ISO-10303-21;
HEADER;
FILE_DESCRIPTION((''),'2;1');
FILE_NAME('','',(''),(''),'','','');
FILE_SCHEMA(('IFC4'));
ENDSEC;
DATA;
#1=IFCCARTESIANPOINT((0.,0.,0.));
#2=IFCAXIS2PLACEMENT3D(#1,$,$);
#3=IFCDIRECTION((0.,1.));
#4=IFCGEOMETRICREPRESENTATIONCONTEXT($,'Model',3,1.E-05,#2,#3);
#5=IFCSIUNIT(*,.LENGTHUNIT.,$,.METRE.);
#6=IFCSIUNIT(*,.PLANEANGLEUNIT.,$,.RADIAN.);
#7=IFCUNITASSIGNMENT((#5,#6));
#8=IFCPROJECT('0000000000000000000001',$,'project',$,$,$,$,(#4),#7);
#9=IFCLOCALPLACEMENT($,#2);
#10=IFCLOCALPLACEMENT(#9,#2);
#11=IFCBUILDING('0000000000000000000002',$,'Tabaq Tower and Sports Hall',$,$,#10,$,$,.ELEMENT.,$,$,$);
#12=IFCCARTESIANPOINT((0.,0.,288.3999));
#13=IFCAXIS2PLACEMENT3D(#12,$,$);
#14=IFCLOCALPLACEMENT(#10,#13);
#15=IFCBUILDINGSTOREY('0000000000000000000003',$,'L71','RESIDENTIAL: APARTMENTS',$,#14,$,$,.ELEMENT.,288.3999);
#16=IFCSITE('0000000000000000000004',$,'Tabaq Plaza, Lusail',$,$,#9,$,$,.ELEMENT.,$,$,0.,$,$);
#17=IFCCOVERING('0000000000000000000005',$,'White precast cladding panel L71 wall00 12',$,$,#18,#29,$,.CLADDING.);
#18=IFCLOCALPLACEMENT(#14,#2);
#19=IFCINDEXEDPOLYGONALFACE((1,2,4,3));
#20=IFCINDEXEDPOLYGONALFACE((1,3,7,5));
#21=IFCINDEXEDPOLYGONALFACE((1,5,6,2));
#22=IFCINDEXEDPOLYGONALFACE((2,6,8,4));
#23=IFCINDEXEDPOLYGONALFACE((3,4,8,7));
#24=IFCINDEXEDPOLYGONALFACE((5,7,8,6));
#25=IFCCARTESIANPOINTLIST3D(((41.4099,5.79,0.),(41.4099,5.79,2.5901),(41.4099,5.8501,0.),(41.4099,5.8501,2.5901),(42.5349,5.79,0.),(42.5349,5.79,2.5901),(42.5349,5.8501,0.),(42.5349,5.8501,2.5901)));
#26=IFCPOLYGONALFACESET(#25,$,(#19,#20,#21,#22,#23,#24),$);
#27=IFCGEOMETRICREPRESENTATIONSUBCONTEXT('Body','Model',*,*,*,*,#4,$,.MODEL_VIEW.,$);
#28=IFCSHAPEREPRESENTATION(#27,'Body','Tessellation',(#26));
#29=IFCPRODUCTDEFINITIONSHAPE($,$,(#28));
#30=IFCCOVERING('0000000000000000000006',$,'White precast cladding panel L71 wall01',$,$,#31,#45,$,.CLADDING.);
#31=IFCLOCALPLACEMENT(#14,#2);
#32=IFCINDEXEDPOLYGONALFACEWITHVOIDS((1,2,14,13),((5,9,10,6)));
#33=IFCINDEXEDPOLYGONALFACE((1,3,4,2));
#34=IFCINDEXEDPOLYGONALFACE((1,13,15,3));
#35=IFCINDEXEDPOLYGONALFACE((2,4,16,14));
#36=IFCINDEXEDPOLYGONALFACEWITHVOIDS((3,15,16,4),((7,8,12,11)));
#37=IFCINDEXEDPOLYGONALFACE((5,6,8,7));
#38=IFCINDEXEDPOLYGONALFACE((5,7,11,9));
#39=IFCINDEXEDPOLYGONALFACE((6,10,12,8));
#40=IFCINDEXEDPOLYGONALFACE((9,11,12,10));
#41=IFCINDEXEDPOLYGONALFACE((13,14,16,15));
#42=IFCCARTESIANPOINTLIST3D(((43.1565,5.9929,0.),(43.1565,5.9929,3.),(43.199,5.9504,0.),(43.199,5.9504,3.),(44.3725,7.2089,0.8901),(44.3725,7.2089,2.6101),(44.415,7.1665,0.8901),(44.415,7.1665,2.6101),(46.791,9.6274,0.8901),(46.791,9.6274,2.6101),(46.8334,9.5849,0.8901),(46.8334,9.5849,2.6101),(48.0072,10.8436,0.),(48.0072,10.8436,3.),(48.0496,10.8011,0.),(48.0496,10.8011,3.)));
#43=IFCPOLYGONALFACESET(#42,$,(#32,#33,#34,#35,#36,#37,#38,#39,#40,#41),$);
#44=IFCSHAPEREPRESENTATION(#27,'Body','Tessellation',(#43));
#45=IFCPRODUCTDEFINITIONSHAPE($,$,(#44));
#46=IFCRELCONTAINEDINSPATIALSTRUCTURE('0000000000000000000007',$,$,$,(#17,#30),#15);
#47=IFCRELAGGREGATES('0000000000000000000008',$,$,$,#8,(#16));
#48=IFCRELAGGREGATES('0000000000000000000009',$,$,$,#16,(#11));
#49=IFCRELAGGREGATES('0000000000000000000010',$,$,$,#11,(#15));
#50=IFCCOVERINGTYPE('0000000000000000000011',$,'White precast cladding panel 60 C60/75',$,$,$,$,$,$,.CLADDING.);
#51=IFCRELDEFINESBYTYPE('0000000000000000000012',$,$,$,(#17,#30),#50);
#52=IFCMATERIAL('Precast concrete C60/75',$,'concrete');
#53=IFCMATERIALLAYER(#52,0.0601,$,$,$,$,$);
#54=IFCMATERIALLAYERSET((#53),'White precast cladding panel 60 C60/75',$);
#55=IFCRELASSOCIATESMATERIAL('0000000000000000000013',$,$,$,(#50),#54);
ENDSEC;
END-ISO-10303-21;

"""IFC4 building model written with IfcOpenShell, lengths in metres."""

from ifc_helpers import new_model, si_unit, direction, frame, frame_2d, origin, place, context, subcontext, project, spatial, polyline, rectangle, outline, extrude, material, layer, layer_set, type_object, element, save


model = new_model("IFC4")

# Units and contexts
model_context = context("Model", 3, precision=1e-05, world=origin(), true_north=direction((0.0, 1.0)))
body_context = subcontext(model_context, "Body", "Model", "MODEL_VIEW")
ifc_project = project(units=[si_unit("LENGTHUNIT", "METRE"), si_unit("PLANEANGLEUNIT", "RADIAN")], contexts=[model_context])

# Site, building, storey
site_placement = place(None, origin())
site = spatial("IfcSite", under=ifc_project, at=site_placement, Name="Tabaq Plaza, Lusail", CompositionType="ELEMENT", RefElevation=0.0)
building_placement = place(site_placement, origin())
building = spatial("IfcBuilding", under=site, at=building_placement, Name="Tabaq Tower and Sports Hall", CompositionType="ELEMENT")
storey_placement = place(building_placement, frame((0.0, 0.0, 288.3999)))
storey = spatial("IfcBuildingStorey", under=building, at=storey_placement, Name="L71", Description="RESIDENTIAL: APARTMENTS", CompositionType="ELEMENT", Elevation=288.3999)

# Coverings
ifc_material_1 = material(Name="Precast concrete C60/75", Category="concrete")
ifc_layer_1 = layer(ifc_material_1, 0.0601)
ifc_layer_set_1 = layer_set([ifc_layer_1], Name="White precast cladding panel 60 C60/75")
covering_type_1 = type_object("IfcCoveringType", Name="White precast cladding panel 60 C60/75", PredefinedType="CLADDING", material=ifc_layer_set_1)
covering_1_placement = place(storey_placement, frame((41.4099, 5.8201, 0.0), z_axis=(0.0, 0.0, 1.0), x_axis=(1.0, 0.0, 0.0)))
element("IfcCovering", 1, at=covering_1_placement, inside=storey, type_object=covering_type_1, Name="White precast cladding panel L71 wall00 12", PredefinedType="CLADDING", context=body_context, shape_type="SweptSolid", body=[
    extrude(rectangle(XDim=1.125, YDim=0.0601, at=frame_2d((0.5625, 0.0))), origin(), (0.0, 0.0, 1.0), 2.5901),
])
covering_2_placement = place(storey_placement, frame((43.1777, 5.9717, 0.0), z_axis=(0.0, 0.0, 1.0), x_axis=(0.707107, 0.707107, 0.0)))
element("IfcCovering", 2, at=covering_2_placement, inside=storey, type_object=covering_type_1, Name="White precast cladding panel L71 wall01", PredefinedType="CLADDING", context=body_context, shape_type="SweptSolid", body=[
    extrude(outline(polyline([(0.0, 0.0), (6.8599, 0.0), (6.8599, 3.0), (0.0, 3.0), (0.0, 0.0)]), holes=[polyline([(1.7197, 0.8901), (1.7197, 2.6101), (5.1399, 2.6101), (5.1399, 0.8901), (1.7197, 0.8901)])]), frame((0.0, 0.03, 0.0), z_axis=(0.0, -1.0, 0.0), x_axis=(1.0, 0.0, 0.0)), (0.0, 0.0, 1.0), 0.0601),
])

save(model, "model.ifc")
